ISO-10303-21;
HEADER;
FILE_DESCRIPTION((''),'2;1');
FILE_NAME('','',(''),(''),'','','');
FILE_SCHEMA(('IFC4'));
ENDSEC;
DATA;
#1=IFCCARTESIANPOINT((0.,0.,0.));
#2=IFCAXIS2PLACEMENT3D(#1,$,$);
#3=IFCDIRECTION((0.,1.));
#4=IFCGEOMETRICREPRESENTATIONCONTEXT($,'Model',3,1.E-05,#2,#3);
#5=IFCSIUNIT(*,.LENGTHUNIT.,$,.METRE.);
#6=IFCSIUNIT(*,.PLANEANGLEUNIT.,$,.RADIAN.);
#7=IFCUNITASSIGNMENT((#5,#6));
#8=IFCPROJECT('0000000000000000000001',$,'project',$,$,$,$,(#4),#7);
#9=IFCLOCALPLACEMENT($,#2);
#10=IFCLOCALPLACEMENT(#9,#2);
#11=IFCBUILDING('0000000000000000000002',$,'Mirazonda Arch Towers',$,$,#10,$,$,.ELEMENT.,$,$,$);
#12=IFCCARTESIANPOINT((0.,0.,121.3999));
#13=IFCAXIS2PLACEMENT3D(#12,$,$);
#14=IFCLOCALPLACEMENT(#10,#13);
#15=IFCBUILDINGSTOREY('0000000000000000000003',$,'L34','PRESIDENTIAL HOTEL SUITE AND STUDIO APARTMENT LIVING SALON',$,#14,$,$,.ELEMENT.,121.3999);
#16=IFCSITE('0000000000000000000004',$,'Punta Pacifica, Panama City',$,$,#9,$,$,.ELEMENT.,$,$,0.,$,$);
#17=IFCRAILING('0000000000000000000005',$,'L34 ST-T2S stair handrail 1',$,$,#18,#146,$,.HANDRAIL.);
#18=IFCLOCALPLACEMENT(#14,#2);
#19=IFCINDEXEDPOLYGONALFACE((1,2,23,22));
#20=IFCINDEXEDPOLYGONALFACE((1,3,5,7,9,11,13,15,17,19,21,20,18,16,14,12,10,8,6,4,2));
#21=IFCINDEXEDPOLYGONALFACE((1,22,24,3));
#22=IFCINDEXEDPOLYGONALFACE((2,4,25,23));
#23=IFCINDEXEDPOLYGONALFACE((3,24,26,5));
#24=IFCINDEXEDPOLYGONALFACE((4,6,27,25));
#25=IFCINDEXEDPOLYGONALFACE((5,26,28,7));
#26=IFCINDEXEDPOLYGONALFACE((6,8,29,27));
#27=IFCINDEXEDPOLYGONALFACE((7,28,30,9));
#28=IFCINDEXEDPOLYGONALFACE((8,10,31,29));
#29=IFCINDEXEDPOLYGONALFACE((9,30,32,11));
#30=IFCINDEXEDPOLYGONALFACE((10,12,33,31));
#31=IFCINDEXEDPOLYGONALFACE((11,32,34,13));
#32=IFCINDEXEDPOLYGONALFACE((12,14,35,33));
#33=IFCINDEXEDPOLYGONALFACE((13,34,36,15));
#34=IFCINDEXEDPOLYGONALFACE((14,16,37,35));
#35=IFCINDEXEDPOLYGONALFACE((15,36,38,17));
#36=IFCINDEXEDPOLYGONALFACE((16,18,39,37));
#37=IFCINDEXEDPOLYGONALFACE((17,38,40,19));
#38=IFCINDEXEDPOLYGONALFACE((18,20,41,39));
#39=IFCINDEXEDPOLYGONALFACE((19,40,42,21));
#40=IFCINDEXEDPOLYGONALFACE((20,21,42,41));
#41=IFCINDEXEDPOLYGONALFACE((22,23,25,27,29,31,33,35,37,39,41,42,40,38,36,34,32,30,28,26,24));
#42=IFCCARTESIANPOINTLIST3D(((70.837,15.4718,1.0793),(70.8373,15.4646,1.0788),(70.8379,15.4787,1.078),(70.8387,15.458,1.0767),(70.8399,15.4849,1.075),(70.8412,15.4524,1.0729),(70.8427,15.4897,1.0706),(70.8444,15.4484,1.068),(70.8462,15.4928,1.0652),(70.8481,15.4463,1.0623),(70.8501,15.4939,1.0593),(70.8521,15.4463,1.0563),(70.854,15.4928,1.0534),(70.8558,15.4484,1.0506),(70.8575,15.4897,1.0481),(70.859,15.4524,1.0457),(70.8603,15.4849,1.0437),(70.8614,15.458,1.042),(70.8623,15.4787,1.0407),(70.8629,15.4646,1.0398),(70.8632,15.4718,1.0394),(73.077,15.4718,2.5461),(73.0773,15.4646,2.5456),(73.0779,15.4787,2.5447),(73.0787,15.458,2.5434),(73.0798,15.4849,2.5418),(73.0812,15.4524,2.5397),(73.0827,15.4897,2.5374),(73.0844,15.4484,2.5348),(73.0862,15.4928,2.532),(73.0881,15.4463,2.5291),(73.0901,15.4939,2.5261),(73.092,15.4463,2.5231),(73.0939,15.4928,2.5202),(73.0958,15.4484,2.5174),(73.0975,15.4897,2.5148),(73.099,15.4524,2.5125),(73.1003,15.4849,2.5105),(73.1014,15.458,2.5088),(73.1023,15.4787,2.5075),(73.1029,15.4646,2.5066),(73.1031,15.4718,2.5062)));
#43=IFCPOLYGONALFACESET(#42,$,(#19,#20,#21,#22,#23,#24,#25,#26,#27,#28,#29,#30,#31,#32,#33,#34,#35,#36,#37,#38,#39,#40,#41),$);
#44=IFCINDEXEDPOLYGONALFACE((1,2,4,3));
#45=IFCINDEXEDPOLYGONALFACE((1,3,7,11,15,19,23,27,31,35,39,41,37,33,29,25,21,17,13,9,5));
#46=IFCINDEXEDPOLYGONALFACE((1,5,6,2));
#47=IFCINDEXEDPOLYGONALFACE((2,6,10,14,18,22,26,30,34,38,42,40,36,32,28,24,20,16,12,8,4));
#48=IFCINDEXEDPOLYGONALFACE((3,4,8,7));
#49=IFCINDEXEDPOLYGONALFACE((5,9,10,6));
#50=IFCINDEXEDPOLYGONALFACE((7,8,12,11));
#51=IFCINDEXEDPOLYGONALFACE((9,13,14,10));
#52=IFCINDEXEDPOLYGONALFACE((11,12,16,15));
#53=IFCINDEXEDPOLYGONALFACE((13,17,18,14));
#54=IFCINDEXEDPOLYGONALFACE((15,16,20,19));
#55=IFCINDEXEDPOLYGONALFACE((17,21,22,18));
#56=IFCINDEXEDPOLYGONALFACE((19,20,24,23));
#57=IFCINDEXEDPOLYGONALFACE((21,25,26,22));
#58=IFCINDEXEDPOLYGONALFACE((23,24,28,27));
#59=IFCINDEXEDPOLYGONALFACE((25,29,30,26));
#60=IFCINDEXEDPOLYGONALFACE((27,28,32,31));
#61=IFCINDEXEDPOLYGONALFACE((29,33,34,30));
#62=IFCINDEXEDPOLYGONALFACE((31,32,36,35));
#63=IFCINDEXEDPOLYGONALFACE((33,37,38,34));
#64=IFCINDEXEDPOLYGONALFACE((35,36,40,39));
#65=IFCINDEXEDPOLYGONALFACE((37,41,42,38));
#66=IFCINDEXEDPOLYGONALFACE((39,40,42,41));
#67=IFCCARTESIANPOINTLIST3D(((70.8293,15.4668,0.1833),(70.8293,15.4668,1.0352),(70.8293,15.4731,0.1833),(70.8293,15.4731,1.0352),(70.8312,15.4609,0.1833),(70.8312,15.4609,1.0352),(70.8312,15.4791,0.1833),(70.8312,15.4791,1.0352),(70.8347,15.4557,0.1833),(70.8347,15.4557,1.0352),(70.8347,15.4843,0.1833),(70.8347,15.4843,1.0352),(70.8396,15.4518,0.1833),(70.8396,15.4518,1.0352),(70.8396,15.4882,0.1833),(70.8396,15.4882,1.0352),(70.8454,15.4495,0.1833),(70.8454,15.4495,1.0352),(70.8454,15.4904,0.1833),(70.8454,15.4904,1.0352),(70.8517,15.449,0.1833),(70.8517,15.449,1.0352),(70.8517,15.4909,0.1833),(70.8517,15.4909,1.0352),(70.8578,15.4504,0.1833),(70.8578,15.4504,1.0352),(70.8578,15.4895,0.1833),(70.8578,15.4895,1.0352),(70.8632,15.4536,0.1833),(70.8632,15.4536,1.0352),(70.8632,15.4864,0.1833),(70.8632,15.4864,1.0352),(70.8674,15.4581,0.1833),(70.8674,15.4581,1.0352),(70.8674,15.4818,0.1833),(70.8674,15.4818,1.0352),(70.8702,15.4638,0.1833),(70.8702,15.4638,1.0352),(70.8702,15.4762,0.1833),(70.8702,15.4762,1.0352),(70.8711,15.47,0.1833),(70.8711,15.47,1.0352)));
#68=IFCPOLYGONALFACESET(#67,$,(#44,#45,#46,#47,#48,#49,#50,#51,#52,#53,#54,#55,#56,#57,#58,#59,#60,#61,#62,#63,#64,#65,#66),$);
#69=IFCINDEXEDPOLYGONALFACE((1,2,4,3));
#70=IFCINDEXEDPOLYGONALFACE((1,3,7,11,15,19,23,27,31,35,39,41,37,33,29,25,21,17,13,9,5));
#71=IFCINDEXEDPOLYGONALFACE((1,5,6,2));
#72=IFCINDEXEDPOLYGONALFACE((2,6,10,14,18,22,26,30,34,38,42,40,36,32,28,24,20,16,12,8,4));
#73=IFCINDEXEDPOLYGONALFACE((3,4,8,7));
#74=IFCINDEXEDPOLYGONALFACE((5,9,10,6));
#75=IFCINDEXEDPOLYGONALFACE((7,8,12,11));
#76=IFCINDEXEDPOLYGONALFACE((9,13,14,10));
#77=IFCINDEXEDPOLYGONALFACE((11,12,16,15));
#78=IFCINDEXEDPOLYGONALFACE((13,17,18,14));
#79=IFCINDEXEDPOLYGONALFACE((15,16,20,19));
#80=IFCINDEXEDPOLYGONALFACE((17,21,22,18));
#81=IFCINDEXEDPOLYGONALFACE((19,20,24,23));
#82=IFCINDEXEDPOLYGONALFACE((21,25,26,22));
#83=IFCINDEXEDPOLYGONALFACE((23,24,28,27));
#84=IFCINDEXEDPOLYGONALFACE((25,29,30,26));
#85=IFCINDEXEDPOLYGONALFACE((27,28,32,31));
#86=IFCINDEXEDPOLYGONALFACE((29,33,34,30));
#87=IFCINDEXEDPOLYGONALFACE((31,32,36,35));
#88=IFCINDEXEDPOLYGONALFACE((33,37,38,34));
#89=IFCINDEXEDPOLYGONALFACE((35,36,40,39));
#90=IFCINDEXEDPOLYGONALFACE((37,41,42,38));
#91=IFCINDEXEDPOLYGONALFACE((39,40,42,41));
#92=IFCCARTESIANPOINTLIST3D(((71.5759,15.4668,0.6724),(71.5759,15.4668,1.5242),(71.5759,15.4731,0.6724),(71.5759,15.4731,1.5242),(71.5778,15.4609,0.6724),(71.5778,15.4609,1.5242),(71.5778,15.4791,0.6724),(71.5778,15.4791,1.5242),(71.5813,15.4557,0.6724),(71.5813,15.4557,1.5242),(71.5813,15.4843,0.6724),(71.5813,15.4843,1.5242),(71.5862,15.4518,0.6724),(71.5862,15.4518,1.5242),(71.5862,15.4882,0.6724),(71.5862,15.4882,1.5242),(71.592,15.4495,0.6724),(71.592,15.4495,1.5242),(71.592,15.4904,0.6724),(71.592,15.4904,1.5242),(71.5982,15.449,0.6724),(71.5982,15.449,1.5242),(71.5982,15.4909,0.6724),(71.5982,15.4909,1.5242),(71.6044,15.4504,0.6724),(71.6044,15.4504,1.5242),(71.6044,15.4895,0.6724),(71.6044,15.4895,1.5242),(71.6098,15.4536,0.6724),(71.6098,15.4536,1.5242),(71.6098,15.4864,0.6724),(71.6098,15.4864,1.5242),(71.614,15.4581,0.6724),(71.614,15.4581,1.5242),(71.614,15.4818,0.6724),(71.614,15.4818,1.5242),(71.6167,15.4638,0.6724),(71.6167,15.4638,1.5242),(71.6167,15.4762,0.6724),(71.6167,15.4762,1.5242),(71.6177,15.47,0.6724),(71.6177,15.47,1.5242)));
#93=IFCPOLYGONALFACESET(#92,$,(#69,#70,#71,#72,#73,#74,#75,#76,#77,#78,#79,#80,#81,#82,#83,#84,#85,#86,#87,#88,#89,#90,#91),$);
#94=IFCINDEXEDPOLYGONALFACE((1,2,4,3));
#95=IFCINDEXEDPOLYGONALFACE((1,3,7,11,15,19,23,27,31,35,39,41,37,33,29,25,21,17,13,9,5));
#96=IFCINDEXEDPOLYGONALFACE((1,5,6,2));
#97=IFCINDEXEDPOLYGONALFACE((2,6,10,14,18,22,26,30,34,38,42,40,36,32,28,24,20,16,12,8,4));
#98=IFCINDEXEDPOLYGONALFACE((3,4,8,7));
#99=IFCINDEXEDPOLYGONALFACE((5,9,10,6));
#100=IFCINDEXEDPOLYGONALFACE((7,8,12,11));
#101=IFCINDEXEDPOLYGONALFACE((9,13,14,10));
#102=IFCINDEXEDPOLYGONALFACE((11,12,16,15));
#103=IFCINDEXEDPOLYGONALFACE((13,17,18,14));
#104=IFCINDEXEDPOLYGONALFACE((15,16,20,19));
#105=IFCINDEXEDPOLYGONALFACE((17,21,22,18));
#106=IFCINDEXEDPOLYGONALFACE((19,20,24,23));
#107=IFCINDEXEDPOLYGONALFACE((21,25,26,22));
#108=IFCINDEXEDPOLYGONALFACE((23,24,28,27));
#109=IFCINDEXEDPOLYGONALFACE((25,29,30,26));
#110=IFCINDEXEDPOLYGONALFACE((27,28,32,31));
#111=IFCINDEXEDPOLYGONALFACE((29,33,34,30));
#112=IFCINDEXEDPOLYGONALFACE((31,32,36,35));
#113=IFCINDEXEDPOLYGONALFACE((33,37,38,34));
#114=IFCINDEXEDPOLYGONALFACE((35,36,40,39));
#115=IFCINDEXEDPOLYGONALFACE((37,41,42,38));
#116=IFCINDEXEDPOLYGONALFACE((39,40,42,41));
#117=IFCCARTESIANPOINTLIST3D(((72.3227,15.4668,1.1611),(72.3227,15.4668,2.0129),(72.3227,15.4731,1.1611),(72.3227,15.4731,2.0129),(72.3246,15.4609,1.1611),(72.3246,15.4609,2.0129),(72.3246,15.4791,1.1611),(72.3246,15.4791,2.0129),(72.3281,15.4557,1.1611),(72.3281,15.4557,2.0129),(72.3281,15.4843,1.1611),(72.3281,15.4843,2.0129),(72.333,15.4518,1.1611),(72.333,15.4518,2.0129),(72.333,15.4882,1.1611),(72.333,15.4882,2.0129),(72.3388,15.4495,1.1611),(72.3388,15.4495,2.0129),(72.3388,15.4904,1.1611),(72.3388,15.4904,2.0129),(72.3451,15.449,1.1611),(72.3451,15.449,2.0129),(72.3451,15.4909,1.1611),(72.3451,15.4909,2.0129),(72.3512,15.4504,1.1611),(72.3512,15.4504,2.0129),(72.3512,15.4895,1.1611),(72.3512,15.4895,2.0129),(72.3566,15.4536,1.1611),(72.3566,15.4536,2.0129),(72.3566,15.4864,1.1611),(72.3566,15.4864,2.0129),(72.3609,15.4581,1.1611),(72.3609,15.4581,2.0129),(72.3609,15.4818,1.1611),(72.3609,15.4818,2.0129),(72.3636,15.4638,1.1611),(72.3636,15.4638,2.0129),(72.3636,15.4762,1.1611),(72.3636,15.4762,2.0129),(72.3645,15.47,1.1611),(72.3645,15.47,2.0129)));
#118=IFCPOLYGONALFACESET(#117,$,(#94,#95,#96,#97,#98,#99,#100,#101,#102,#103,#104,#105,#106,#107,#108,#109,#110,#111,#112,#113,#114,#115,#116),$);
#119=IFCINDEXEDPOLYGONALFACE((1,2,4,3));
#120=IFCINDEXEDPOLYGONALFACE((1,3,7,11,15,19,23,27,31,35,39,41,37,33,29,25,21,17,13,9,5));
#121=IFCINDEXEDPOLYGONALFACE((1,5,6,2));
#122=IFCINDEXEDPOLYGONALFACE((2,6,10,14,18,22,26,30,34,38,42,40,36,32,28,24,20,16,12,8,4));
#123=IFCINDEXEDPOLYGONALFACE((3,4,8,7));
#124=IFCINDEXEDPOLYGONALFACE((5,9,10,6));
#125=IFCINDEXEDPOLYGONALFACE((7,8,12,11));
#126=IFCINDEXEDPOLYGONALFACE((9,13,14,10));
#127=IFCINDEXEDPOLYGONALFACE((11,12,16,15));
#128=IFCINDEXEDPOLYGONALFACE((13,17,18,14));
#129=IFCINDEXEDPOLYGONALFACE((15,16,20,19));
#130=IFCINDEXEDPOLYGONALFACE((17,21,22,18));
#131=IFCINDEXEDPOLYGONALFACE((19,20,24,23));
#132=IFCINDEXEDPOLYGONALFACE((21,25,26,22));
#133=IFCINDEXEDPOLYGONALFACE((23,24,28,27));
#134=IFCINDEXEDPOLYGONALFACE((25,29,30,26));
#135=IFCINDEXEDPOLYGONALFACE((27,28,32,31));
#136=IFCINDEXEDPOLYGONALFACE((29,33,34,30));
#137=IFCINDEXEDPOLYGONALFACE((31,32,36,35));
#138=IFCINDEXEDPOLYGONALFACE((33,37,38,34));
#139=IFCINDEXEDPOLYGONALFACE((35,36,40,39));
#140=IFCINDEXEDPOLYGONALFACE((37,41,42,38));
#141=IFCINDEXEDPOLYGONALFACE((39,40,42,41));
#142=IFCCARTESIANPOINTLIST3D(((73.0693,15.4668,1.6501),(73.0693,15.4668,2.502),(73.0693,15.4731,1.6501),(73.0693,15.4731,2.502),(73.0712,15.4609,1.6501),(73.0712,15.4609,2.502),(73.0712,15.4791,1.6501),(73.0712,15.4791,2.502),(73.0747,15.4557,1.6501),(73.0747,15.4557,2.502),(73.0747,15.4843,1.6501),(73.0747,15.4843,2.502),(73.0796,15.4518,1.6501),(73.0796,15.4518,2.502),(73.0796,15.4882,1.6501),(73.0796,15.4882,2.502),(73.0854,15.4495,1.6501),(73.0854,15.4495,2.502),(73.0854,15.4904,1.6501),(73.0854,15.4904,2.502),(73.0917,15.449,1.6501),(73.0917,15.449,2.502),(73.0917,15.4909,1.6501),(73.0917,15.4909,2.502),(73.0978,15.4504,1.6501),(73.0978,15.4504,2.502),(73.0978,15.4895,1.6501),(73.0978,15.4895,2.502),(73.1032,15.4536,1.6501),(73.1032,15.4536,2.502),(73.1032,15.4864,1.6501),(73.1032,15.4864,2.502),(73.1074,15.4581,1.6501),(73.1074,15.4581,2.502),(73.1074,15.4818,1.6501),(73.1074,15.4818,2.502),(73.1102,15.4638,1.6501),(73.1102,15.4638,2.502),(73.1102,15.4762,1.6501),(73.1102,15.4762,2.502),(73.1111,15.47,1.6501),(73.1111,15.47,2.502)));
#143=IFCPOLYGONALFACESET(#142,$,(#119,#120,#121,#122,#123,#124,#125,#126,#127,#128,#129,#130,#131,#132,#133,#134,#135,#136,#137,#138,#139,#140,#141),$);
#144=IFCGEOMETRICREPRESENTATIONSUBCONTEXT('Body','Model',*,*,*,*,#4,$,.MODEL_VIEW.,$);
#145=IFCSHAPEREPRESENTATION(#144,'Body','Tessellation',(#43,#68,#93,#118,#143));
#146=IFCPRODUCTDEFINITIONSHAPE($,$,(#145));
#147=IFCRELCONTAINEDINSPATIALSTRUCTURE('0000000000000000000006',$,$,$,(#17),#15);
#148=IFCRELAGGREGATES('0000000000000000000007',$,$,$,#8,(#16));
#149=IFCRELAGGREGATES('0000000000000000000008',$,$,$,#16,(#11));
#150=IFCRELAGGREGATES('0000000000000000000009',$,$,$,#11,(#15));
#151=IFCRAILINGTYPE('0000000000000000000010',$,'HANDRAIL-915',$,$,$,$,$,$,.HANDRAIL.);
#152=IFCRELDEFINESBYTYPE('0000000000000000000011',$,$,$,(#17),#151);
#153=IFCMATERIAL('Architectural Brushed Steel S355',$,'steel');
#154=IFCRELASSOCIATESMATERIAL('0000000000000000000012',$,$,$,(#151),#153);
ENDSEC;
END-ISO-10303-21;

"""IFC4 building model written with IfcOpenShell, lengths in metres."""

from ifc_helpers import new_model, si_unit, direction, frame, origin, origin_2d, place, context, subcontext, project, spatial, circle, extrude, material, type_object, element, save


model = new_model("IFC4")

# Units and contexts
model_context = context("Model", 3, precision=1e-05, world=origin(), true_north=direction((0.0, 1.0)))
body_context = subcontext(model_context, "Body", "Model", "MODEL_VIEW")
ifc_project = project(units=[si_unit("LENGTHUNIT", "METRE"), si_unit("PLANEANGLEUNIT", "RADIAN")], contexts=[model_context])

# Site, building, storey
site_placement = place(None, origin())
site = spatial("IfcSite", under=ifc_project, at=site_placement, Name="Punta Pacifica, Panama City", CompositionType="ELEMENT", RefElevation=0.0)
building_placement = place(site_placement, origin())
building = spatial("IfcBuilding", under=site, at=building_placement, Name="Mirazonda Arch Towers", CompositionType="ELEMENT")
storey_placement = place(building_placement, frame((0.0, 0.0, 121.3999)))
storey = spatial("IfcBuildingStorey", under=building, at=storey_placement, Name="L34", Description="PRESIDENTIAL HOTEL SUITE AND STUDIO APARTMENT LIVING SALON", CompositionType="ELEMENT", Elevation=121.3999)

# Railing
ifc_material_1 = material(Name="Architectural Brushed Steel S355", Category="steel")
railing_type_1 = type_object("IfcRailingType", Name="HANDRAIL-915", PredefinedType="HANDRAIL", material=ifc_material_1)
railing_1_placement = place(storey_placement, frame((70.8501, 15.47, 0.1833)))
element("IfcRailing", 1, at=railing_1_placement, inside=storey, type_object=railing_type_1, Name="L34 ST-T2S stair handrail 1", PredefinedType="HANDRAIL", context=body_context, shape_type="SweptSolid", body=[
    extrude(circle(Radius=0.0239, at=origin_2d()), frame((0.0, 0.0, 0.876), z_axis=(0.836595, 0.0, 0.547822), x_axis=(0.0, 1.0, 0.0)), (0.0, 0.0, 1.0), 2.6775),
    extrude(circle(Radius=0.021, at=origin_2d()), origin(), (0.0, 0.0, 1.0), 0.8518),
    extrude(circle(Radius=0.021, at=origin_2d()), frame((0.7466, 0.0, 0.489)), (0.0, 0.0, 1.0), 0.8518),
    extrude(circle(Radius=0.021, at=origin_2d()), frame((1.4934, 0.0, 0.9778)), (0.0, 0.0, 1.0), 0.8518),
    extrude(circle(Radius=0.021, at=origin_2d()), frame((2.24, 0.0, 1.4668)), (0.0, 0.0, 1.0), 0.8518),
])

save(model, "model.ifc")
